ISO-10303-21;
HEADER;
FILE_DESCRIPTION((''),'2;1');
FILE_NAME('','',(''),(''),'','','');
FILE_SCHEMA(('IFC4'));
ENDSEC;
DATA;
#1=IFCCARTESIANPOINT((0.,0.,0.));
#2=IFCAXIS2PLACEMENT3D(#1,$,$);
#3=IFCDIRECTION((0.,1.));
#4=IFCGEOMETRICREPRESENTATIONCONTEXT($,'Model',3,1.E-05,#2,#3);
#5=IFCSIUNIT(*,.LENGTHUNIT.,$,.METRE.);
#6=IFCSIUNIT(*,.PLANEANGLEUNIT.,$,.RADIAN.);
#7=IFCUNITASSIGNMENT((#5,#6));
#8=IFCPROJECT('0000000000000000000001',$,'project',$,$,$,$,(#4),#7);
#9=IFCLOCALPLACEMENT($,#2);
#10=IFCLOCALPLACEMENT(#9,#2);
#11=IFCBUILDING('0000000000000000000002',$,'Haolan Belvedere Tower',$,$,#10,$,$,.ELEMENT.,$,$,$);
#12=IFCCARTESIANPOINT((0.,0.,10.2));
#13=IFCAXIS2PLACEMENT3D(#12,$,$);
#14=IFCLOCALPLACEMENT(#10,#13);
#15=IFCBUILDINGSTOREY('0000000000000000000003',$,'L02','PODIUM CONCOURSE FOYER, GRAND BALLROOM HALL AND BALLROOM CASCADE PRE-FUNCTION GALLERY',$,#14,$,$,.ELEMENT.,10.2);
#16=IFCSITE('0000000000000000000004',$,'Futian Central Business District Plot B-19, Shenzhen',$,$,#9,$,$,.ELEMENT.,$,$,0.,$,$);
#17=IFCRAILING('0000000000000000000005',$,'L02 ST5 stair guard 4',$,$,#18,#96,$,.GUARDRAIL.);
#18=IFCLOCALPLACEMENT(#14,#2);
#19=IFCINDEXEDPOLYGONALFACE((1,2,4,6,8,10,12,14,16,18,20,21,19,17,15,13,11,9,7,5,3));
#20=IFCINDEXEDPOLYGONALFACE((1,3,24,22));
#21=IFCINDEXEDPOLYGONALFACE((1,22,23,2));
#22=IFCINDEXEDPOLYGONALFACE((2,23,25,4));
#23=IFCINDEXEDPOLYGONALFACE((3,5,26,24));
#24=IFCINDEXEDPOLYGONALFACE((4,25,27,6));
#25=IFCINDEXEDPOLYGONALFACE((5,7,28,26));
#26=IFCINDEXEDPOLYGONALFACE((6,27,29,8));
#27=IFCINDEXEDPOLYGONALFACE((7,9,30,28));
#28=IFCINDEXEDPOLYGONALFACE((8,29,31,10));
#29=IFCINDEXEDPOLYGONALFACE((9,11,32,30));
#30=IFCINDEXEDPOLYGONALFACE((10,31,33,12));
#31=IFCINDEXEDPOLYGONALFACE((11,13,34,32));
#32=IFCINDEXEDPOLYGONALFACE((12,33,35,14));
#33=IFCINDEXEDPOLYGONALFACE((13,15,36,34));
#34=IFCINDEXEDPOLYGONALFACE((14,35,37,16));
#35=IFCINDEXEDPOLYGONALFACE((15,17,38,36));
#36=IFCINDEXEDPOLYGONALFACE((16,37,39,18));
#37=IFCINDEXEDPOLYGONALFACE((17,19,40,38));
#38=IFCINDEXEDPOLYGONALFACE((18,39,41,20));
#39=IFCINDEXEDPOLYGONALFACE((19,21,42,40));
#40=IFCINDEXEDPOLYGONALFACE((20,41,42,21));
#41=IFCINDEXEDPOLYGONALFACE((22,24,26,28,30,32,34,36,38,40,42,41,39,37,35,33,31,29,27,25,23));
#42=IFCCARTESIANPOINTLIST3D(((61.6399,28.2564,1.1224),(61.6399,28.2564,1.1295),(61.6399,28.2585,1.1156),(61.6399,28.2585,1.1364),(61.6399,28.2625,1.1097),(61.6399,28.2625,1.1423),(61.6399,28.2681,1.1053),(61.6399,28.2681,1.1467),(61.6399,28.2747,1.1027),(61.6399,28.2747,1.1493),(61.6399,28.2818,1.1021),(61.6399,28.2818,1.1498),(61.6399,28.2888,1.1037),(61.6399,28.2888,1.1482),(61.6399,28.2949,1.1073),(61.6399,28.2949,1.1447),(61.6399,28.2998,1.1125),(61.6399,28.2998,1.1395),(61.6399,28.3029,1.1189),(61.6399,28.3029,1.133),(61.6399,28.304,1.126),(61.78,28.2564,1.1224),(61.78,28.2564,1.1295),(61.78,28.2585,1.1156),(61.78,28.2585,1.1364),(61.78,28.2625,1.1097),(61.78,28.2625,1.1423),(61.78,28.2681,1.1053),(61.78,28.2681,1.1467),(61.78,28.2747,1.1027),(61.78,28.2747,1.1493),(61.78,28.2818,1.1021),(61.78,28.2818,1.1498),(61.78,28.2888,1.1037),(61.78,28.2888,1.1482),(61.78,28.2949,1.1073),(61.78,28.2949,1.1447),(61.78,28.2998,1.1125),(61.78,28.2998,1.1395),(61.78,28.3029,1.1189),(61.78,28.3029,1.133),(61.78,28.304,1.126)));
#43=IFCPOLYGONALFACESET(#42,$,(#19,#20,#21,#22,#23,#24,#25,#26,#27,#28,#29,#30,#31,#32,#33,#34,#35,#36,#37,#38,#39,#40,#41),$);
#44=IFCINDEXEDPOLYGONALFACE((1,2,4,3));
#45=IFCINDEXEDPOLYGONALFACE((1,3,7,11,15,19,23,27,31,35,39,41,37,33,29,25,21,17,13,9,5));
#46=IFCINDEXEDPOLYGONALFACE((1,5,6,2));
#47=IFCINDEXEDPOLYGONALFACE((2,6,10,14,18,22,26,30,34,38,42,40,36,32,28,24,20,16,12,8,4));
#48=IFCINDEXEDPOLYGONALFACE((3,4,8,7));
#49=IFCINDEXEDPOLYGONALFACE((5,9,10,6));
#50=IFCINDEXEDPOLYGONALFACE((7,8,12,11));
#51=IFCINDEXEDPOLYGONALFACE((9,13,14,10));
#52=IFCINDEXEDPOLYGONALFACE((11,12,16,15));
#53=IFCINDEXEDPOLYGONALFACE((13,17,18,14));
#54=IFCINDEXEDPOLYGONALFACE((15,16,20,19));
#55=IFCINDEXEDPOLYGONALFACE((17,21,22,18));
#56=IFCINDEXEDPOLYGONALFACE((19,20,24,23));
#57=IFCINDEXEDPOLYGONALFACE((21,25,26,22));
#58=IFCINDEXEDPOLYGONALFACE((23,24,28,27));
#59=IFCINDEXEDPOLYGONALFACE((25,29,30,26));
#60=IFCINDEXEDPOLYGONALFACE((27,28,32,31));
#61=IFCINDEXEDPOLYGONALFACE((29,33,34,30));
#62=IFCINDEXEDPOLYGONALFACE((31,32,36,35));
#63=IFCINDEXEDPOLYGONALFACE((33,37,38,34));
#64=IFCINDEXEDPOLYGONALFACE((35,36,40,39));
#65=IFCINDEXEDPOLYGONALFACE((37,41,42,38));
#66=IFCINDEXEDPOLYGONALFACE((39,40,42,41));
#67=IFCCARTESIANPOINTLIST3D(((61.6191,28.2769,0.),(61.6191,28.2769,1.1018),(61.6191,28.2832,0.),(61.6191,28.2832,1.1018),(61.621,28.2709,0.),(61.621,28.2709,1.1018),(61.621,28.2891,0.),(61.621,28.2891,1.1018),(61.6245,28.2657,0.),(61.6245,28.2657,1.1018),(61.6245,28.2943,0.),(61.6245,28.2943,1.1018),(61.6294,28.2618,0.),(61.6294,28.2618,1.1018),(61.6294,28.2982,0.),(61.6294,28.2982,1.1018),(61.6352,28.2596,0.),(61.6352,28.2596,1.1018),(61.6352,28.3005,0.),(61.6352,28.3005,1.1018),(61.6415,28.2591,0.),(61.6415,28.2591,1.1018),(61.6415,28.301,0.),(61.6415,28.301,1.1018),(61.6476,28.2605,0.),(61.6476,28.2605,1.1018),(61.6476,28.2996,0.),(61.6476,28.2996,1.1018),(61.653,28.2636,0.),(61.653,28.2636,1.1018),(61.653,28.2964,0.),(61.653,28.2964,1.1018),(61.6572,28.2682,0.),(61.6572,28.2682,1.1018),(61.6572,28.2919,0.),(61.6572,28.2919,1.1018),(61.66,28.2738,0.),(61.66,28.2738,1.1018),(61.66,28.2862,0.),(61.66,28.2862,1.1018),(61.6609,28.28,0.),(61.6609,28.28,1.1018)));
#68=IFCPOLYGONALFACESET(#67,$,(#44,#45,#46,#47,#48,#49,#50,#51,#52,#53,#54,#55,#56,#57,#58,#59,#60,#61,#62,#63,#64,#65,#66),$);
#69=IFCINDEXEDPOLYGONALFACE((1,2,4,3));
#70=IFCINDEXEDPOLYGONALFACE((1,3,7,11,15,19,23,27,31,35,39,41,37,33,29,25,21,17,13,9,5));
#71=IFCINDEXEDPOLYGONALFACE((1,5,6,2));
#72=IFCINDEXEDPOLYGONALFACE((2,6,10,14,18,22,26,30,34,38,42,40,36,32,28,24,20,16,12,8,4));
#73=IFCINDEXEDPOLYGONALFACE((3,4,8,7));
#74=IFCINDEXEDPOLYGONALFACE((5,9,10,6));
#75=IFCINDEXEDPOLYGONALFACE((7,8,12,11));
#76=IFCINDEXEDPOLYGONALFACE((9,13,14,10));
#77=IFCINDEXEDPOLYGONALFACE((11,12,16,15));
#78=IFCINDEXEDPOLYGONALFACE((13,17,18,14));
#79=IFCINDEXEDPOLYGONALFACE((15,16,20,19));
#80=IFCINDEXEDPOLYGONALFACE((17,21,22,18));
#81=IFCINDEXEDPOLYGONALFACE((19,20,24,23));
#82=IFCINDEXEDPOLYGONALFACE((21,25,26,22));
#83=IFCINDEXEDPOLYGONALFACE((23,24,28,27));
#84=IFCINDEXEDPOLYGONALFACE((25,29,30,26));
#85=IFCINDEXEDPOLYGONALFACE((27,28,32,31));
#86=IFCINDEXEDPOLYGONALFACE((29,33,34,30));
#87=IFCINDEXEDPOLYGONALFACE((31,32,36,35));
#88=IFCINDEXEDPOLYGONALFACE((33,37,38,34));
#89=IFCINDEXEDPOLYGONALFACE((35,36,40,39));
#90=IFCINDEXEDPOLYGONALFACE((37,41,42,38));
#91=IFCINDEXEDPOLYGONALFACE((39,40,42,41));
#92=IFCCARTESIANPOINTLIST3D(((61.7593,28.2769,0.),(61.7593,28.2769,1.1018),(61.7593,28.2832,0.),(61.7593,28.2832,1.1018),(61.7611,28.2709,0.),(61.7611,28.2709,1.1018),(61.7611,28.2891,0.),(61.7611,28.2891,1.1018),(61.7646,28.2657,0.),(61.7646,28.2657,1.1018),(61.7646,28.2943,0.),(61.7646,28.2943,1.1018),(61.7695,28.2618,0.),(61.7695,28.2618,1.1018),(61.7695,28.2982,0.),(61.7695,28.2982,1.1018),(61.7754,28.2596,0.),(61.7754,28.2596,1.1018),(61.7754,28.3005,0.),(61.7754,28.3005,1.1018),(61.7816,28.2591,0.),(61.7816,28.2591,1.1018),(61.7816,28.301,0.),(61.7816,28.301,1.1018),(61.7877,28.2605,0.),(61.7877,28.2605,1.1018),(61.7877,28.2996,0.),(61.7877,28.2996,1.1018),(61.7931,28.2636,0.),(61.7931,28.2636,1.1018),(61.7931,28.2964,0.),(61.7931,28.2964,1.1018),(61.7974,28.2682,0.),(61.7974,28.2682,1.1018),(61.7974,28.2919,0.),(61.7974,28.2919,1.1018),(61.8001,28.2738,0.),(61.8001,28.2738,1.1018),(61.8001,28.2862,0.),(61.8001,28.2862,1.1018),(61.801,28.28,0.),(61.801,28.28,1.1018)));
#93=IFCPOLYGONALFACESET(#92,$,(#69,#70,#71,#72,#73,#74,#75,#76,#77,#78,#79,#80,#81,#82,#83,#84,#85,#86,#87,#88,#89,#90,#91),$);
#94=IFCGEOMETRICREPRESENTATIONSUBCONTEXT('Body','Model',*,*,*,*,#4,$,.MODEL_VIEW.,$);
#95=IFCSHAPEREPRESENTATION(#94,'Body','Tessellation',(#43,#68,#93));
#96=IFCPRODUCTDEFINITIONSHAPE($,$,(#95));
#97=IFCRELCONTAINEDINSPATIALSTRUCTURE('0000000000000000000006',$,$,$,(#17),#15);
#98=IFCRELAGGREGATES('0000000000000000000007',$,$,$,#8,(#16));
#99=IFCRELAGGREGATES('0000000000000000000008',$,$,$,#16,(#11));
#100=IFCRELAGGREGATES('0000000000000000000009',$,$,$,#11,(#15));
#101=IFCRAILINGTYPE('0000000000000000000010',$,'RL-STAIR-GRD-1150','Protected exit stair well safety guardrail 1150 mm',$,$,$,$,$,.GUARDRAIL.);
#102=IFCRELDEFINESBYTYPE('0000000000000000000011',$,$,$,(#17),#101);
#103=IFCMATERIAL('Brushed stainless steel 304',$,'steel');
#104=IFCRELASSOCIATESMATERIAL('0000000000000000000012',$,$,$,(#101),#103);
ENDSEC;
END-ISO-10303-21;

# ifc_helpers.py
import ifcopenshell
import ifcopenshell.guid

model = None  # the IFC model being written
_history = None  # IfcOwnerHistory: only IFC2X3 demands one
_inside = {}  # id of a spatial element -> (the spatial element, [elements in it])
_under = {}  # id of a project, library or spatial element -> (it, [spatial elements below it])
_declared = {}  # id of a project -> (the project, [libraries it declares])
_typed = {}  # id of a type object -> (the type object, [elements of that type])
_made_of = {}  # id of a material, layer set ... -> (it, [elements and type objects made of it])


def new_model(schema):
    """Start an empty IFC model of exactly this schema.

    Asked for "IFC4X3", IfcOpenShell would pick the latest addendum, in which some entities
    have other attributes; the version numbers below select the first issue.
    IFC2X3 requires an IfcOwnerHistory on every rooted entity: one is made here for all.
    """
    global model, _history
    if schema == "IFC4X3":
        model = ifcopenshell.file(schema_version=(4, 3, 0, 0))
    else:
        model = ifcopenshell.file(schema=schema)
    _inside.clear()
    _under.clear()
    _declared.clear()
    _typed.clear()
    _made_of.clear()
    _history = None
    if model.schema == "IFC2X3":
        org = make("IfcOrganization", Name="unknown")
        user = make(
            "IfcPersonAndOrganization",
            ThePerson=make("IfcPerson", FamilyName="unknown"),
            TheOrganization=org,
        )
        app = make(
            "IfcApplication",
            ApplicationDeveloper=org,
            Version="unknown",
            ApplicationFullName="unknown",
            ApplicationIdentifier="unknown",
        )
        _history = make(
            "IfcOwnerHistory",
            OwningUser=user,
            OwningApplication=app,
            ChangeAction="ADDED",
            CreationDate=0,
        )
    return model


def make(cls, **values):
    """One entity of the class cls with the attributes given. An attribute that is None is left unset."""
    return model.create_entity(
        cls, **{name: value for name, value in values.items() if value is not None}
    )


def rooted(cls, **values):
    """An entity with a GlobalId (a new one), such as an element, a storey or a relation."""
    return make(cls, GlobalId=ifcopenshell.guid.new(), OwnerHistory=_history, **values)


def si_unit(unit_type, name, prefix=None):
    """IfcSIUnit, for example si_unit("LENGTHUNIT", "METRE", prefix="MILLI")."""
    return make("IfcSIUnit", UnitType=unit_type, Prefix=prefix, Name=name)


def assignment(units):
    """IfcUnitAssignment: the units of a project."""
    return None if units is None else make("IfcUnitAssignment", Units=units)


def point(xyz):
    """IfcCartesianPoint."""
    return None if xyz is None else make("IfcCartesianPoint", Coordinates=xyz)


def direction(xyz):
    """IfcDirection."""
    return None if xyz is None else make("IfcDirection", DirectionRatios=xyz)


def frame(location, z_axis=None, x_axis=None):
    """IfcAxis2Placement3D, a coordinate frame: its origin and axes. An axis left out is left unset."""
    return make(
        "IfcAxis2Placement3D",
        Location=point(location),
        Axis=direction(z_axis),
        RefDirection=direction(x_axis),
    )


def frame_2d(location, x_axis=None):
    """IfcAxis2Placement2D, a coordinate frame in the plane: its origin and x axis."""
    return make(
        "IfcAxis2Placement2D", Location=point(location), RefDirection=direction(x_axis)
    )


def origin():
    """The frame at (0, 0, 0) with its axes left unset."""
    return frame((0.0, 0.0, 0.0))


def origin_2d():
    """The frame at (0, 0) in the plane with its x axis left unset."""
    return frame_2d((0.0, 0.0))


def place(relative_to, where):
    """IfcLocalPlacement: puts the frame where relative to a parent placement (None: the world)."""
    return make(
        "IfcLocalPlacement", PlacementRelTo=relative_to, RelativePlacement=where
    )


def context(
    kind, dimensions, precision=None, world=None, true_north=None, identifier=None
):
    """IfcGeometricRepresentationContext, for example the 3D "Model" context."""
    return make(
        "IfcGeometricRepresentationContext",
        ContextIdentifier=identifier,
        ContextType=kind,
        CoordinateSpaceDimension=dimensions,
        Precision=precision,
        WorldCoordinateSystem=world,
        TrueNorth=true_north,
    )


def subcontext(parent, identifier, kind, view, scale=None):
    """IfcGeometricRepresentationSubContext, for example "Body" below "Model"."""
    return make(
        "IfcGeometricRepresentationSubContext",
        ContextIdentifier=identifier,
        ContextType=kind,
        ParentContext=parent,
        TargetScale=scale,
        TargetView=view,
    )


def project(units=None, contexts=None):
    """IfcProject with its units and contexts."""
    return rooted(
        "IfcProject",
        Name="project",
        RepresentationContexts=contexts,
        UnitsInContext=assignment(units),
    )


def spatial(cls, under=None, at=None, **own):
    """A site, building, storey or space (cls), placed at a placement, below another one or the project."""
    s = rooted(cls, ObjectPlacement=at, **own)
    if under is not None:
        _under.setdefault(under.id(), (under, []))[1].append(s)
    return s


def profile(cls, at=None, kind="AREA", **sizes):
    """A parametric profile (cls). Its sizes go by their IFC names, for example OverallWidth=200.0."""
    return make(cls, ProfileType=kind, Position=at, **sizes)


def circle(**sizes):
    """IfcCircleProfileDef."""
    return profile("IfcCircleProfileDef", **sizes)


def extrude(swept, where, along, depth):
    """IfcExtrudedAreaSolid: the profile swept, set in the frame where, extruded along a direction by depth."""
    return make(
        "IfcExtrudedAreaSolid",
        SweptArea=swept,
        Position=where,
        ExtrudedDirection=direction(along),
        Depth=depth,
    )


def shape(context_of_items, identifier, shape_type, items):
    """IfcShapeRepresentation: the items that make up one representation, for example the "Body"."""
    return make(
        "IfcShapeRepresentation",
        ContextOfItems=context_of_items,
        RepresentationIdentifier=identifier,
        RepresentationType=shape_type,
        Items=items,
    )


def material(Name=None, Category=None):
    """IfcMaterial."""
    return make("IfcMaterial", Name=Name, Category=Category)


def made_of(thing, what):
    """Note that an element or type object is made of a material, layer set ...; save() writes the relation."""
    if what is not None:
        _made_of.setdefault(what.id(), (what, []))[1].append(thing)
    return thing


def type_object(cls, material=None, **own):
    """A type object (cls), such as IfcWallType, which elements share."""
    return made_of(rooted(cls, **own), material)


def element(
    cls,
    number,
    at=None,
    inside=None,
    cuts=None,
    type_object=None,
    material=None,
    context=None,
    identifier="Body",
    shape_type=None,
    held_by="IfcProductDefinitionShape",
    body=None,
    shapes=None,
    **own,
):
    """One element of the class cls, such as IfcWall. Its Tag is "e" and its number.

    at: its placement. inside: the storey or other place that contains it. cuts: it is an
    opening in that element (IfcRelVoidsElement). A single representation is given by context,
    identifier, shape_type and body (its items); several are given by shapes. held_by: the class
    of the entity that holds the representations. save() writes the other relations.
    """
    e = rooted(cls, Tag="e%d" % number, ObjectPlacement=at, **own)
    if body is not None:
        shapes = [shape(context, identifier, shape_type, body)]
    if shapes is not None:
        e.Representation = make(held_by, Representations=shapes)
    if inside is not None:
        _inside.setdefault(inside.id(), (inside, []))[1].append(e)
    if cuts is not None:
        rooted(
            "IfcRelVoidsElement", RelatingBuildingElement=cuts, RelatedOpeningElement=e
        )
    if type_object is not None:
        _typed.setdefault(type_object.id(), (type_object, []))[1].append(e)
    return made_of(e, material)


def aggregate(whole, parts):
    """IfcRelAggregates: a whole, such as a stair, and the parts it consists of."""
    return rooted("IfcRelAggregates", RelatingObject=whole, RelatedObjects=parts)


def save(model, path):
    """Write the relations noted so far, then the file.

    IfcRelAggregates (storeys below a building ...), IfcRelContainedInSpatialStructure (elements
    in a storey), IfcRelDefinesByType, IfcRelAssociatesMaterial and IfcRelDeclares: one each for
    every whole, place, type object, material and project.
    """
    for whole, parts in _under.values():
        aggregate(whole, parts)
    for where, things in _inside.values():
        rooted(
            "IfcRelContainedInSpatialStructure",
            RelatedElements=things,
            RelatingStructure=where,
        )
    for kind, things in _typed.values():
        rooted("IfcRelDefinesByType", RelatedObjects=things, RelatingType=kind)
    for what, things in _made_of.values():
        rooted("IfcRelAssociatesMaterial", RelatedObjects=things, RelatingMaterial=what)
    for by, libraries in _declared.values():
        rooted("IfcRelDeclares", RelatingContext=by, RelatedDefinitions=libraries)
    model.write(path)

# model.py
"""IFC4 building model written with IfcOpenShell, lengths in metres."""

from ifc_helpers import new_model, si_unit, direction, frame, origin, origin_2d, place, context, subcontext, project, spatial, circle, extrude, material, type_object, element, save


model = new_model("IFC4")

# Units and contexts
model_context = context("Model", 3, precision=1e-05, world=origin(), true_north=direction((0.0, 1.0)))
body_context = subcontext(model_context, "Body", "Model", "MODEL_VIEW")
ifc_project = project(units=[si_unit("LENGTHUNIT", "METRE"), si_unit("PLANEANGLEUNIT", "RADIAN")], contexts=[model_context])

# Site, building, storey
site_placement = place(None, origin())
site = spatial("IfcSite", under=ifc_project, at=site_placement, Name="Futian Central Business District Plot B-19, Shenzhen", CompositionType="ELEMENT", RefElevation=0.0)
building_placement = place(site_placement, origin())
building = spatial("IfcBuilding", under=site, at=building_placement, Name="Haolan Belvedere Tower", CompositionType="ELEMENT")
storey_placement = place(building_placement, frame((0.0, 0.0, 10.2)))
storey = spatial("IfcBuildingStorey", under=building, at=storey_placement, Name="L02", Description="PODIUM CONCOURSE FOYER, GRAND BALLROOM HALL AND BALLROOM CASCADE PRE-FUNCTION GALLERY", CompositionType="ELEMENT", Elevation=10.2)

# Railing
ifc_material_1 = material(Name="Brushed stainless steel 304", Category="steel")
railing_type_1 = type_object("IfcRailingType", Name="RL-STAIR-GRD-1150", Description="Protected exit stair well safety guardrail 1150 mm", PredefinedType="GUARDRAIL", material=ifc_material_1)
railing_1_placement = place(storey_placement, frame((61.6399, 28.28, 0.0)))
element("IfcRailing", 1, at=railing_1_placement, inside=storey, type_object=railing_type_1, Name="L02 ST5 stair guard 4", PredefinedType="GUARDRAIL", context=body_context, shape_type="SweptSolid", body=[
    extrude(circle(Radius=0.0239, at=origin_2d()), frame((0.0, 0.0, 1.126), z_axis=(1.0, 0.0, 0.0), x_axis=(0.0, 1.0, 0.0)), (0.0, 0.0, 1.0), 0.1401),
    extrude(circle(Radius=0.021, at=origin_2d()), origin(), (0.0, 0.0, 1.0), 1.1018),
    extrude(circle(Radius=0.021, at=origin_2d()), frame((0.1401, 0.0, 0.0)), (0.0, 0.0, 1.0), 1.1018),
])

save(model, "model.ifc")
